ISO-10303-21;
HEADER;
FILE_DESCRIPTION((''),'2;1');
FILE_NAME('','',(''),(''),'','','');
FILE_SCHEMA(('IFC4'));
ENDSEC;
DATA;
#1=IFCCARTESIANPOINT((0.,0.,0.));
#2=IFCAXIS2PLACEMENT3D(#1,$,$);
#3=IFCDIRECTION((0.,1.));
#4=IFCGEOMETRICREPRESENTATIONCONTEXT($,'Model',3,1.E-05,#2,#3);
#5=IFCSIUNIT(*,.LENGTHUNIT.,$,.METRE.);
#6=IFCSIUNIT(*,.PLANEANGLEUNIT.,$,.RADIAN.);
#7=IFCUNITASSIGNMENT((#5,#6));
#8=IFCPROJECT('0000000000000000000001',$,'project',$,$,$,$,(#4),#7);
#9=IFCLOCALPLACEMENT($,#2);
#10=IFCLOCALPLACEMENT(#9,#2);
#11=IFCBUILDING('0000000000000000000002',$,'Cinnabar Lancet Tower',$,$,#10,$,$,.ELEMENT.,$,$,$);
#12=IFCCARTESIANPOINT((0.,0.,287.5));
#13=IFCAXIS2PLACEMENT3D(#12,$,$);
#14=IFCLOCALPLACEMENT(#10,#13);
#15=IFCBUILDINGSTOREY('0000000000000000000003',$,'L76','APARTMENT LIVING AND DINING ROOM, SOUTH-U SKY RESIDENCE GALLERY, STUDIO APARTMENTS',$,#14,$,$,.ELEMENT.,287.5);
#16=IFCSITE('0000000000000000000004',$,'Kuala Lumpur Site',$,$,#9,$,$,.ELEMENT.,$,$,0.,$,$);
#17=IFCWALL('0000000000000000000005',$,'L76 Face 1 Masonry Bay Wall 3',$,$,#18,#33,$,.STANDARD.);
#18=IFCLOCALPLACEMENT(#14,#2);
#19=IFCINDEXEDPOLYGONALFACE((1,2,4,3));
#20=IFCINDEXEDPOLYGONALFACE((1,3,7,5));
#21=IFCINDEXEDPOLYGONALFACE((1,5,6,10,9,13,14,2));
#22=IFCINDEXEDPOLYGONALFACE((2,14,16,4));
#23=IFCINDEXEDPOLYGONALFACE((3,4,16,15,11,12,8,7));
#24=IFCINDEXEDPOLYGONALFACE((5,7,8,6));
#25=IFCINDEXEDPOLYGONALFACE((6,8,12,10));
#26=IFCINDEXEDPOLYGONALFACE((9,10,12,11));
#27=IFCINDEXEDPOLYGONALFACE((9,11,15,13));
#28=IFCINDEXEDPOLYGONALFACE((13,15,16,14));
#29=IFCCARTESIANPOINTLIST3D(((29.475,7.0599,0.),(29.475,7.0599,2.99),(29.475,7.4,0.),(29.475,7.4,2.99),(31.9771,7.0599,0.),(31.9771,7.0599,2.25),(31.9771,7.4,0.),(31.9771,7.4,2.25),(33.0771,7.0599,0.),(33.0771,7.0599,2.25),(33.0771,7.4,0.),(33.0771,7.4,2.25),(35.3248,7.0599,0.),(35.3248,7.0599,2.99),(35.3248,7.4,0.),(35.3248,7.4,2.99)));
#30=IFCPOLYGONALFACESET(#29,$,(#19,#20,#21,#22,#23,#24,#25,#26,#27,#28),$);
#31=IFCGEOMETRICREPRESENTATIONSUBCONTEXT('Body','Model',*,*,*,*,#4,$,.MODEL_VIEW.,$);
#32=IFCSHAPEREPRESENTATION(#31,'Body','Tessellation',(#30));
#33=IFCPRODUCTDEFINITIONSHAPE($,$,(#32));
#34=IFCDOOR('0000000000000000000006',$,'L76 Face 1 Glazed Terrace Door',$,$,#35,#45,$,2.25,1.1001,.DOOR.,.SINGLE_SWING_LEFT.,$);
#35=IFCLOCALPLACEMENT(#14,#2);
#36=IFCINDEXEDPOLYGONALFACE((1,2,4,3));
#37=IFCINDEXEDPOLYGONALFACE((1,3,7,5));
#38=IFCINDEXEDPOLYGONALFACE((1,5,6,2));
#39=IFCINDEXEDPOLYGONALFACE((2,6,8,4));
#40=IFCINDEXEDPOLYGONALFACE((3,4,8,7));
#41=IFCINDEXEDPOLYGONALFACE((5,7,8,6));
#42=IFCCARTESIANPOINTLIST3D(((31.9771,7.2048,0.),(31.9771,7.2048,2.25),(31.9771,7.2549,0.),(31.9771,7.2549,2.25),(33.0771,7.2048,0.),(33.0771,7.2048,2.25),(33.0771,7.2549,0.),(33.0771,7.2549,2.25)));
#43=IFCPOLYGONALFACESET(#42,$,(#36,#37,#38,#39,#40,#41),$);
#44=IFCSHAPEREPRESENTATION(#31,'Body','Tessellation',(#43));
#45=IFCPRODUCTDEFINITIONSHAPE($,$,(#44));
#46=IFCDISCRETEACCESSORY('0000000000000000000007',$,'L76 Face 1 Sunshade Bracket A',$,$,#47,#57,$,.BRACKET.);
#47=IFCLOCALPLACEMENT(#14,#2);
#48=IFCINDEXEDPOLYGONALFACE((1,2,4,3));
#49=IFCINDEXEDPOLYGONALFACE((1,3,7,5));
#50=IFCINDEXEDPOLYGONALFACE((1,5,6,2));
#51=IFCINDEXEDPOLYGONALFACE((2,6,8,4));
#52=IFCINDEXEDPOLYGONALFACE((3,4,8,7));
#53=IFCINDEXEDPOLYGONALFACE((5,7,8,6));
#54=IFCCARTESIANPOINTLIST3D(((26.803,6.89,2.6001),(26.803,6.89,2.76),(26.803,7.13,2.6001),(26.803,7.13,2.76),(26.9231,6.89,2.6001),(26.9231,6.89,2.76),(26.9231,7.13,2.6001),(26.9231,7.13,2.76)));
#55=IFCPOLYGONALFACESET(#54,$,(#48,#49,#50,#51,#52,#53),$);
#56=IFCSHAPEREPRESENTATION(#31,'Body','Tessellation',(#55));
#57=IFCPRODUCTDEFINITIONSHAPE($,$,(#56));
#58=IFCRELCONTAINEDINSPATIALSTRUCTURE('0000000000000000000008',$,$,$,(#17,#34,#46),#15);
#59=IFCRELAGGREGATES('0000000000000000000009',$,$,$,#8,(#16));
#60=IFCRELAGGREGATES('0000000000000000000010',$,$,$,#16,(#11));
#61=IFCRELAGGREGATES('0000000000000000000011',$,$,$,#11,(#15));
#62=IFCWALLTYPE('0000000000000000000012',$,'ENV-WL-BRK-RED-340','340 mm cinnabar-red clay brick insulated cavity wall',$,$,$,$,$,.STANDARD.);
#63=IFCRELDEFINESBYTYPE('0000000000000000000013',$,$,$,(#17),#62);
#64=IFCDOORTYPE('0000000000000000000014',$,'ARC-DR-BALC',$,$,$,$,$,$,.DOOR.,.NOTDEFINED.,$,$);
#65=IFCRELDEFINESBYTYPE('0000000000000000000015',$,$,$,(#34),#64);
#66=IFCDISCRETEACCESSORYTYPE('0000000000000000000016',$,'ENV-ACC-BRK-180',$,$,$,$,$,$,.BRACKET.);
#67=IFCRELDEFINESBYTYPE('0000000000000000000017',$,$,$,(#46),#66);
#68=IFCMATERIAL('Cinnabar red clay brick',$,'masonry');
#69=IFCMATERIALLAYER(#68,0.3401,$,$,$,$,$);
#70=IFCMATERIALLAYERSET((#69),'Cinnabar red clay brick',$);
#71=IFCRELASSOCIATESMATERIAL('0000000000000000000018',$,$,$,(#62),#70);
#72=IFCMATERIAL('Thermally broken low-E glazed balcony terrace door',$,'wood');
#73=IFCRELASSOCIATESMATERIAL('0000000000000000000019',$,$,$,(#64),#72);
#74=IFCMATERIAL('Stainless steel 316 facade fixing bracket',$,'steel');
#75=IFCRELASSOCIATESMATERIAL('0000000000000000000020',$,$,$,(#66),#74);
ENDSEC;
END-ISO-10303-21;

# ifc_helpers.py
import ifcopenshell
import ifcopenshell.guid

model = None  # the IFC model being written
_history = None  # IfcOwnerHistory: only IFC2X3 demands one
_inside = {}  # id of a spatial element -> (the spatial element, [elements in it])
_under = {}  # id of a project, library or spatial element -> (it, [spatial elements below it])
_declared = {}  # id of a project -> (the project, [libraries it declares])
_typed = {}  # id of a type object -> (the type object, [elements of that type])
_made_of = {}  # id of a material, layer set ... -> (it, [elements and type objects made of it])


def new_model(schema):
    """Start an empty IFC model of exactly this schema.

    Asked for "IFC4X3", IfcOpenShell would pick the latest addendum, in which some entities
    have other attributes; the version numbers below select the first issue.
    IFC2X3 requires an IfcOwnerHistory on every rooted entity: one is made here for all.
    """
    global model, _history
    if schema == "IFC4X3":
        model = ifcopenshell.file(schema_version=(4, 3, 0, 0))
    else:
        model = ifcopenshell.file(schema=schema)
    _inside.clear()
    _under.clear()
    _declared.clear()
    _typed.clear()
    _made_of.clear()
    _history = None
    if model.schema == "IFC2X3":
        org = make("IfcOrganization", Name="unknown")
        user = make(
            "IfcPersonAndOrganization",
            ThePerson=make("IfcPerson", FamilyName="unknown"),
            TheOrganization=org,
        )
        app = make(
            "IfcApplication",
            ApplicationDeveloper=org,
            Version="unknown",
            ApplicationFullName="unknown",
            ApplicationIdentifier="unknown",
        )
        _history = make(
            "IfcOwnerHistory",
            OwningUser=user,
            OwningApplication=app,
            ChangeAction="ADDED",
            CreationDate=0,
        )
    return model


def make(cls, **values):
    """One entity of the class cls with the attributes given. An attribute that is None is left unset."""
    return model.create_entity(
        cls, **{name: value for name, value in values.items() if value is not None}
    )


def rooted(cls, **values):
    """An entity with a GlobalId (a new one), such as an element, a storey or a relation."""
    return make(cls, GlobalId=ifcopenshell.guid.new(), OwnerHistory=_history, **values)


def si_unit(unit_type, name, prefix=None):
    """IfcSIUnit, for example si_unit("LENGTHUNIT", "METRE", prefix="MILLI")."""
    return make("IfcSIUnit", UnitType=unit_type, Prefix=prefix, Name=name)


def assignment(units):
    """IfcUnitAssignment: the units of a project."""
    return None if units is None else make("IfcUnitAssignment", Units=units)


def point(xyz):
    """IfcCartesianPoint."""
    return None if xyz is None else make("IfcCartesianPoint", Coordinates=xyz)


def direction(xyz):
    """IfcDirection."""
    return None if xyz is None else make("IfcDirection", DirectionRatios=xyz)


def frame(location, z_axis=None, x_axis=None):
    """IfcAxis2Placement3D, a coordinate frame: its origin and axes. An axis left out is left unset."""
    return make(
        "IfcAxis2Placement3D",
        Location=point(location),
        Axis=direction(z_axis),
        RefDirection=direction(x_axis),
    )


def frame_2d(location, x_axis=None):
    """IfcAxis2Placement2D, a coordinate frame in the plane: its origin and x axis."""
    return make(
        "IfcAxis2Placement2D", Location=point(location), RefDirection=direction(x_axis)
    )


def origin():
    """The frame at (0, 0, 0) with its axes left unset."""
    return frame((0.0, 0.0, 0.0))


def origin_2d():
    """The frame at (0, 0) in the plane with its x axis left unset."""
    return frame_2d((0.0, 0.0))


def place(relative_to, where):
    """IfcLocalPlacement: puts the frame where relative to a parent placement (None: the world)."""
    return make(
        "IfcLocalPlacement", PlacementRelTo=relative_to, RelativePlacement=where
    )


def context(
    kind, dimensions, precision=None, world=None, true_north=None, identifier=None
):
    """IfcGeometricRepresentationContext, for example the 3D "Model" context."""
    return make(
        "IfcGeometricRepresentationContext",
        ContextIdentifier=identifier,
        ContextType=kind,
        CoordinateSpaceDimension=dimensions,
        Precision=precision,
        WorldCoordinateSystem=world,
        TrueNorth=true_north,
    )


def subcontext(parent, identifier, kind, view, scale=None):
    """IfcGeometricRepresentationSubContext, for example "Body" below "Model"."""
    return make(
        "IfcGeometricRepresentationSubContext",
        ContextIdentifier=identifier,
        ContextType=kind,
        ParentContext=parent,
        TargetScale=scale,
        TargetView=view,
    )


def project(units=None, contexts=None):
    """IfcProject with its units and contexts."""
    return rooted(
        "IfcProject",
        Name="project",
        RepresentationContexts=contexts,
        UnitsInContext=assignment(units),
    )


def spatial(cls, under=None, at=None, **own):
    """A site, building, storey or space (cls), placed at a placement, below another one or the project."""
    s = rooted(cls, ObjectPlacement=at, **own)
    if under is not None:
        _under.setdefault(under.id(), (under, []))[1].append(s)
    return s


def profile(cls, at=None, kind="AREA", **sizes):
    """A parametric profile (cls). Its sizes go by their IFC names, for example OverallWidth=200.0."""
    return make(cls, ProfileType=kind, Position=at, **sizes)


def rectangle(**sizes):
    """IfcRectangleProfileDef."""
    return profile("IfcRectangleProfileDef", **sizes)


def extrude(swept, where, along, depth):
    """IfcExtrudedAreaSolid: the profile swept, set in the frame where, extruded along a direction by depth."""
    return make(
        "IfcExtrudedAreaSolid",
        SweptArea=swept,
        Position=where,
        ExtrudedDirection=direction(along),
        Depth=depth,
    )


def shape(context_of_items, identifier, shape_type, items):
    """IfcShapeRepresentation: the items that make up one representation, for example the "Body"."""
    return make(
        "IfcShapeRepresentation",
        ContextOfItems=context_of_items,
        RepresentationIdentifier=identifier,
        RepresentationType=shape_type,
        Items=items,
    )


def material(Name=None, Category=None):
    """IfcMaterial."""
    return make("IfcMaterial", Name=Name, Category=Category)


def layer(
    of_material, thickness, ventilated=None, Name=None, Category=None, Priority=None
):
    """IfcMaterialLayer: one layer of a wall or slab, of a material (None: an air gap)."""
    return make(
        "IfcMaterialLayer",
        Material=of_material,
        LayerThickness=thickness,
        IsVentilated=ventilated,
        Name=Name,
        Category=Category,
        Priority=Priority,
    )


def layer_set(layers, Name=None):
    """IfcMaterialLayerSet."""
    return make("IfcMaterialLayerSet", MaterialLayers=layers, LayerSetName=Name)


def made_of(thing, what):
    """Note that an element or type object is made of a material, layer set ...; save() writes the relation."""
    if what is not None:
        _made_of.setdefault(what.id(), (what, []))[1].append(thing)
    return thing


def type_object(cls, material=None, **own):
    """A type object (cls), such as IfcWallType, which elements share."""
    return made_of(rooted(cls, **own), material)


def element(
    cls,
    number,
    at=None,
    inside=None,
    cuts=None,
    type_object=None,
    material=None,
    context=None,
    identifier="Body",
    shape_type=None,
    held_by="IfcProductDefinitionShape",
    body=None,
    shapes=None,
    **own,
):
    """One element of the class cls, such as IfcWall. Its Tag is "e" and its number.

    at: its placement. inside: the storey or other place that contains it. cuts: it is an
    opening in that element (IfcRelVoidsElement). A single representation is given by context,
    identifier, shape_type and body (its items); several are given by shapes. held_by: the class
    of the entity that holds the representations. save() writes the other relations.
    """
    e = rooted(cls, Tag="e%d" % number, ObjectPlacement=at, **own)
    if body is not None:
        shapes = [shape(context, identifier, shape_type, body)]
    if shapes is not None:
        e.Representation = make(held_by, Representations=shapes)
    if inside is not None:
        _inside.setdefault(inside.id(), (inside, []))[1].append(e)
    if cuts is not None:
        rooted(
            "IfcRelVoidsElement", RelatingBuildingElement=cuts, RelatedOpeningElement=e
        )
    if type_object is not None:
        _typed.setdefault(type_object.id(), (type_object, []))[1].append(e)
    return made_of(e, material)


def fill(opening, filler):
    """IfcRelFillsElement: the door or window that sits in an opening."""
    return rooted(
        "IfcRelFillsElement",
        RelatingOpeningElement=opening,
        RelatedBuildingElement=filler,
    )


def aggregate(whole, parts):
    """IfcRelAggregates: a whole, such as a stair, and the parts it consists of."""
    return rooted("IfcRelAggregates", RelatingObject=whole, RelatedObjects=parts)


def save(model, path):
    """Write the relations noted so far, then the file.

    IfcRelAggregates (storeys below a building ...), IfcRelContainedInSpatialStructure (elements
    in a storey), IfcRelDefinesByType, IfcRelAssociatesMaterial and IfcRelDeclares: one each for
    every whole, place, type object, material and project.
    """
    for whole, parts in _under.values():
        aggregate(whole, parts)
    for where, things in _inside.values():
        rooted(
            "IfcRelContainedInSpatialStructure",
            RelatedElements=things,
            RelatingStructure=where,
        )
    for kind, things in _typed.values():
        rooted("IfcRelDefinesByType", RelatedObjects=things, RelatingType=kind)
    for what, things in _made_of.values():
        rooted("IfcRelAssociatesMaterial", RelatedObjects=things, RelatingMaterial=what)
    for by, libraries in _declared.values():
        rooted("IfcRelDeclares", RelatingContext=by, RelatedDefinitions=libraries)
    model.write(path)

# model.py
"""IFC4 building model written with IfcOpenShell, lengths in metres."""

from ifc_helpers import new_model, si_unit, direction, frame, frame_2d, origin, origin_2d, place, context, subcontext, project, spatial, rectangle, extrude, material, layer, layer_set, type_object, element, fill, save


model = new_model("IFC4")

# Units and contexts
model_context = context("Model", 3, precision=1e-05, world=origin(), true_north=direction((0.0, 1.0)))
body_context = subcontext(model_context, "Body", "Model", "MODEL_VIEW")
ifc_project = project(units=[si_unit("LENGTHUNIT", "METRE"), si_unit("PLANEANGLEUNIT", "RADIAN")], contexts=[model_context])

# Site, building, storey
site_placement = place(None, origin())
site = spatial("IfcSite", under=ifc_project, at=site_placement, Name="Kuala Lumpur Site", CompositionType="ELEMENT", RefElevation=0.0)
building_placement = place(site_placement, origin())
building = spatial("IfcBuilding", under=site, at=building_placement, Name="Cinnabar Lancet Tower", CompositionType="ELEMENT")
storey_placement = place(building_placement, frame((0.0, 0.0, 287.5)))
storey = spatial("IfcBuildingStorey", under=building, at=storey_placement, Name="L76", Description="APARTMENT LIVING AND DINING ROOM, SOUTH-U SKY RESIDENCE GALLERY, STUDIO APARTMENTS", CompositionType="ELEMENT", Elevation=287.5)

# Shared definitions
ifc_material_1 = material(Name="Cinnabar red clay brick", Category="masonry")
ifc_layer_1 = layer(ifc_material_1, 0.3401)
ifc_layer_set_1 = layer_set([ifc_layer_1], Name="Cinnabar red clay brick")
wall_type_1 = type_object("IfcWallType", Name="ENV-WL-BRK-RED-340", Description="340 mm cinnabar-red clay brick insulated cavity wall", PredefinedType="STANDARD", material=ifc_layer_set_1)

# Wall, opening, door
wall_1_placement = place(storey_placement, frame((29.4751, 7.23, 0.0), z_axis=(0.0, 0.0, 1.0), x_axis=(1.0, 0.0, 0.0)))
wall_1 = element("IfcWall", 1, at=wall_1_placement, inside=storey, type_object=wall_type_1, Name="L76 Face 1 Masonry Bay Wall 3", PredefinedType="STANDARD", context=body_context, shape_type="SweptSolid", body=[
    extrude(rectangle(XDim=5.8499, YDim=0.3401, at=frame_2d((2.9248, 0.0))), origin(), (0.0, 0.0, 1.0), 2.99),
])
opening_1_placement = place(wall_1_placement, frame((2.502, 0.0, 0.0)))
opening_1 = element("IfcOpeningElement", 2, at=opening_1_placement, cuts=wall_1, PredefinedType="OPENING", context=body_context, shape_type="SweptSolid", body=[
    extrude(rectangle(XDim=1.1001, YDim=2.25, at=frame_2d((0.55, 1.125))), frame((0.0, 0.1799, 0.0), z_axis=(0.0, -1.0, 0.0), x_axis=(1.0, 0.0, 0.0)), (0.0, 0.0, 1.0), 0.3601),
])
ifc_material_2 = material(Name="Thermally broken low-E glazed balcony terrace door", Category="wood")
door_type_1 = type_object("IfcDoorType", Name="ARC-DR-BALC", OperationType="NOTDEFINED", PredefinedType="DOOR", material=ifc_material_2)
door_1_placement = place(opening_1_placement, origin())
door_1 = element("IfcDoor", 3, at=door_1_placement, inside=storey, type_object=door_type_1, Name="L76 Face 1 Glazed Terrace Door", OperationType="SINGLE_SWING_LEFT", OverallHeight=2.25, OverallWidth=1.1001, PredefinedType="DOOR", context=body_context, shape_type="SweptSolid", body=[
    extrude(rectangle(XDim=1.1001, YDim=2.25, at=frame_2d((0.55, 1.125))), frame((0.0, 0.0249, 0.0), z_axis=(0.0, -1.0, 0.0), x_axis=(1.0, 0.0, 0.0)), (0.0, 0.0, 1.0), 0.05),
])
fill(opening_1, door_1)

# Discrete accessory
ifc_material_3 = material(Name="Stainless steel 316 facade fixing bracket", Category="steel")
discrete_accessory_type = type_object("IfcDiscreteAccessoryType", Name="ENV-ACC-BRK-180", PredefinedType="BRACKET", material=ifc_material_3)
discrete_accessory_placement = place(storey_placement, frame((26.863, 7.01, 2.6001), z_axis=(0.0, 0.0, 1.0), x_axis=(1.0, 0.0, 0.0)))
element("IfcDiscreteAccessory", 4, at=discrete_accessory_placement, inside=storey, type_object=discrete_accessory_type, Name="L76 Face 1 Sunshade Bracket A", PredefinedType="BRACKET", context=body_context, shape_type="SweptSolid", body=[
    extrude(rectangle(XDim=0.1201, YDim=0.24, at=origin_2d()), origin(), (0.0, 0.0, 1.0), 0.1599),
])

save(model, "model.ifc")
